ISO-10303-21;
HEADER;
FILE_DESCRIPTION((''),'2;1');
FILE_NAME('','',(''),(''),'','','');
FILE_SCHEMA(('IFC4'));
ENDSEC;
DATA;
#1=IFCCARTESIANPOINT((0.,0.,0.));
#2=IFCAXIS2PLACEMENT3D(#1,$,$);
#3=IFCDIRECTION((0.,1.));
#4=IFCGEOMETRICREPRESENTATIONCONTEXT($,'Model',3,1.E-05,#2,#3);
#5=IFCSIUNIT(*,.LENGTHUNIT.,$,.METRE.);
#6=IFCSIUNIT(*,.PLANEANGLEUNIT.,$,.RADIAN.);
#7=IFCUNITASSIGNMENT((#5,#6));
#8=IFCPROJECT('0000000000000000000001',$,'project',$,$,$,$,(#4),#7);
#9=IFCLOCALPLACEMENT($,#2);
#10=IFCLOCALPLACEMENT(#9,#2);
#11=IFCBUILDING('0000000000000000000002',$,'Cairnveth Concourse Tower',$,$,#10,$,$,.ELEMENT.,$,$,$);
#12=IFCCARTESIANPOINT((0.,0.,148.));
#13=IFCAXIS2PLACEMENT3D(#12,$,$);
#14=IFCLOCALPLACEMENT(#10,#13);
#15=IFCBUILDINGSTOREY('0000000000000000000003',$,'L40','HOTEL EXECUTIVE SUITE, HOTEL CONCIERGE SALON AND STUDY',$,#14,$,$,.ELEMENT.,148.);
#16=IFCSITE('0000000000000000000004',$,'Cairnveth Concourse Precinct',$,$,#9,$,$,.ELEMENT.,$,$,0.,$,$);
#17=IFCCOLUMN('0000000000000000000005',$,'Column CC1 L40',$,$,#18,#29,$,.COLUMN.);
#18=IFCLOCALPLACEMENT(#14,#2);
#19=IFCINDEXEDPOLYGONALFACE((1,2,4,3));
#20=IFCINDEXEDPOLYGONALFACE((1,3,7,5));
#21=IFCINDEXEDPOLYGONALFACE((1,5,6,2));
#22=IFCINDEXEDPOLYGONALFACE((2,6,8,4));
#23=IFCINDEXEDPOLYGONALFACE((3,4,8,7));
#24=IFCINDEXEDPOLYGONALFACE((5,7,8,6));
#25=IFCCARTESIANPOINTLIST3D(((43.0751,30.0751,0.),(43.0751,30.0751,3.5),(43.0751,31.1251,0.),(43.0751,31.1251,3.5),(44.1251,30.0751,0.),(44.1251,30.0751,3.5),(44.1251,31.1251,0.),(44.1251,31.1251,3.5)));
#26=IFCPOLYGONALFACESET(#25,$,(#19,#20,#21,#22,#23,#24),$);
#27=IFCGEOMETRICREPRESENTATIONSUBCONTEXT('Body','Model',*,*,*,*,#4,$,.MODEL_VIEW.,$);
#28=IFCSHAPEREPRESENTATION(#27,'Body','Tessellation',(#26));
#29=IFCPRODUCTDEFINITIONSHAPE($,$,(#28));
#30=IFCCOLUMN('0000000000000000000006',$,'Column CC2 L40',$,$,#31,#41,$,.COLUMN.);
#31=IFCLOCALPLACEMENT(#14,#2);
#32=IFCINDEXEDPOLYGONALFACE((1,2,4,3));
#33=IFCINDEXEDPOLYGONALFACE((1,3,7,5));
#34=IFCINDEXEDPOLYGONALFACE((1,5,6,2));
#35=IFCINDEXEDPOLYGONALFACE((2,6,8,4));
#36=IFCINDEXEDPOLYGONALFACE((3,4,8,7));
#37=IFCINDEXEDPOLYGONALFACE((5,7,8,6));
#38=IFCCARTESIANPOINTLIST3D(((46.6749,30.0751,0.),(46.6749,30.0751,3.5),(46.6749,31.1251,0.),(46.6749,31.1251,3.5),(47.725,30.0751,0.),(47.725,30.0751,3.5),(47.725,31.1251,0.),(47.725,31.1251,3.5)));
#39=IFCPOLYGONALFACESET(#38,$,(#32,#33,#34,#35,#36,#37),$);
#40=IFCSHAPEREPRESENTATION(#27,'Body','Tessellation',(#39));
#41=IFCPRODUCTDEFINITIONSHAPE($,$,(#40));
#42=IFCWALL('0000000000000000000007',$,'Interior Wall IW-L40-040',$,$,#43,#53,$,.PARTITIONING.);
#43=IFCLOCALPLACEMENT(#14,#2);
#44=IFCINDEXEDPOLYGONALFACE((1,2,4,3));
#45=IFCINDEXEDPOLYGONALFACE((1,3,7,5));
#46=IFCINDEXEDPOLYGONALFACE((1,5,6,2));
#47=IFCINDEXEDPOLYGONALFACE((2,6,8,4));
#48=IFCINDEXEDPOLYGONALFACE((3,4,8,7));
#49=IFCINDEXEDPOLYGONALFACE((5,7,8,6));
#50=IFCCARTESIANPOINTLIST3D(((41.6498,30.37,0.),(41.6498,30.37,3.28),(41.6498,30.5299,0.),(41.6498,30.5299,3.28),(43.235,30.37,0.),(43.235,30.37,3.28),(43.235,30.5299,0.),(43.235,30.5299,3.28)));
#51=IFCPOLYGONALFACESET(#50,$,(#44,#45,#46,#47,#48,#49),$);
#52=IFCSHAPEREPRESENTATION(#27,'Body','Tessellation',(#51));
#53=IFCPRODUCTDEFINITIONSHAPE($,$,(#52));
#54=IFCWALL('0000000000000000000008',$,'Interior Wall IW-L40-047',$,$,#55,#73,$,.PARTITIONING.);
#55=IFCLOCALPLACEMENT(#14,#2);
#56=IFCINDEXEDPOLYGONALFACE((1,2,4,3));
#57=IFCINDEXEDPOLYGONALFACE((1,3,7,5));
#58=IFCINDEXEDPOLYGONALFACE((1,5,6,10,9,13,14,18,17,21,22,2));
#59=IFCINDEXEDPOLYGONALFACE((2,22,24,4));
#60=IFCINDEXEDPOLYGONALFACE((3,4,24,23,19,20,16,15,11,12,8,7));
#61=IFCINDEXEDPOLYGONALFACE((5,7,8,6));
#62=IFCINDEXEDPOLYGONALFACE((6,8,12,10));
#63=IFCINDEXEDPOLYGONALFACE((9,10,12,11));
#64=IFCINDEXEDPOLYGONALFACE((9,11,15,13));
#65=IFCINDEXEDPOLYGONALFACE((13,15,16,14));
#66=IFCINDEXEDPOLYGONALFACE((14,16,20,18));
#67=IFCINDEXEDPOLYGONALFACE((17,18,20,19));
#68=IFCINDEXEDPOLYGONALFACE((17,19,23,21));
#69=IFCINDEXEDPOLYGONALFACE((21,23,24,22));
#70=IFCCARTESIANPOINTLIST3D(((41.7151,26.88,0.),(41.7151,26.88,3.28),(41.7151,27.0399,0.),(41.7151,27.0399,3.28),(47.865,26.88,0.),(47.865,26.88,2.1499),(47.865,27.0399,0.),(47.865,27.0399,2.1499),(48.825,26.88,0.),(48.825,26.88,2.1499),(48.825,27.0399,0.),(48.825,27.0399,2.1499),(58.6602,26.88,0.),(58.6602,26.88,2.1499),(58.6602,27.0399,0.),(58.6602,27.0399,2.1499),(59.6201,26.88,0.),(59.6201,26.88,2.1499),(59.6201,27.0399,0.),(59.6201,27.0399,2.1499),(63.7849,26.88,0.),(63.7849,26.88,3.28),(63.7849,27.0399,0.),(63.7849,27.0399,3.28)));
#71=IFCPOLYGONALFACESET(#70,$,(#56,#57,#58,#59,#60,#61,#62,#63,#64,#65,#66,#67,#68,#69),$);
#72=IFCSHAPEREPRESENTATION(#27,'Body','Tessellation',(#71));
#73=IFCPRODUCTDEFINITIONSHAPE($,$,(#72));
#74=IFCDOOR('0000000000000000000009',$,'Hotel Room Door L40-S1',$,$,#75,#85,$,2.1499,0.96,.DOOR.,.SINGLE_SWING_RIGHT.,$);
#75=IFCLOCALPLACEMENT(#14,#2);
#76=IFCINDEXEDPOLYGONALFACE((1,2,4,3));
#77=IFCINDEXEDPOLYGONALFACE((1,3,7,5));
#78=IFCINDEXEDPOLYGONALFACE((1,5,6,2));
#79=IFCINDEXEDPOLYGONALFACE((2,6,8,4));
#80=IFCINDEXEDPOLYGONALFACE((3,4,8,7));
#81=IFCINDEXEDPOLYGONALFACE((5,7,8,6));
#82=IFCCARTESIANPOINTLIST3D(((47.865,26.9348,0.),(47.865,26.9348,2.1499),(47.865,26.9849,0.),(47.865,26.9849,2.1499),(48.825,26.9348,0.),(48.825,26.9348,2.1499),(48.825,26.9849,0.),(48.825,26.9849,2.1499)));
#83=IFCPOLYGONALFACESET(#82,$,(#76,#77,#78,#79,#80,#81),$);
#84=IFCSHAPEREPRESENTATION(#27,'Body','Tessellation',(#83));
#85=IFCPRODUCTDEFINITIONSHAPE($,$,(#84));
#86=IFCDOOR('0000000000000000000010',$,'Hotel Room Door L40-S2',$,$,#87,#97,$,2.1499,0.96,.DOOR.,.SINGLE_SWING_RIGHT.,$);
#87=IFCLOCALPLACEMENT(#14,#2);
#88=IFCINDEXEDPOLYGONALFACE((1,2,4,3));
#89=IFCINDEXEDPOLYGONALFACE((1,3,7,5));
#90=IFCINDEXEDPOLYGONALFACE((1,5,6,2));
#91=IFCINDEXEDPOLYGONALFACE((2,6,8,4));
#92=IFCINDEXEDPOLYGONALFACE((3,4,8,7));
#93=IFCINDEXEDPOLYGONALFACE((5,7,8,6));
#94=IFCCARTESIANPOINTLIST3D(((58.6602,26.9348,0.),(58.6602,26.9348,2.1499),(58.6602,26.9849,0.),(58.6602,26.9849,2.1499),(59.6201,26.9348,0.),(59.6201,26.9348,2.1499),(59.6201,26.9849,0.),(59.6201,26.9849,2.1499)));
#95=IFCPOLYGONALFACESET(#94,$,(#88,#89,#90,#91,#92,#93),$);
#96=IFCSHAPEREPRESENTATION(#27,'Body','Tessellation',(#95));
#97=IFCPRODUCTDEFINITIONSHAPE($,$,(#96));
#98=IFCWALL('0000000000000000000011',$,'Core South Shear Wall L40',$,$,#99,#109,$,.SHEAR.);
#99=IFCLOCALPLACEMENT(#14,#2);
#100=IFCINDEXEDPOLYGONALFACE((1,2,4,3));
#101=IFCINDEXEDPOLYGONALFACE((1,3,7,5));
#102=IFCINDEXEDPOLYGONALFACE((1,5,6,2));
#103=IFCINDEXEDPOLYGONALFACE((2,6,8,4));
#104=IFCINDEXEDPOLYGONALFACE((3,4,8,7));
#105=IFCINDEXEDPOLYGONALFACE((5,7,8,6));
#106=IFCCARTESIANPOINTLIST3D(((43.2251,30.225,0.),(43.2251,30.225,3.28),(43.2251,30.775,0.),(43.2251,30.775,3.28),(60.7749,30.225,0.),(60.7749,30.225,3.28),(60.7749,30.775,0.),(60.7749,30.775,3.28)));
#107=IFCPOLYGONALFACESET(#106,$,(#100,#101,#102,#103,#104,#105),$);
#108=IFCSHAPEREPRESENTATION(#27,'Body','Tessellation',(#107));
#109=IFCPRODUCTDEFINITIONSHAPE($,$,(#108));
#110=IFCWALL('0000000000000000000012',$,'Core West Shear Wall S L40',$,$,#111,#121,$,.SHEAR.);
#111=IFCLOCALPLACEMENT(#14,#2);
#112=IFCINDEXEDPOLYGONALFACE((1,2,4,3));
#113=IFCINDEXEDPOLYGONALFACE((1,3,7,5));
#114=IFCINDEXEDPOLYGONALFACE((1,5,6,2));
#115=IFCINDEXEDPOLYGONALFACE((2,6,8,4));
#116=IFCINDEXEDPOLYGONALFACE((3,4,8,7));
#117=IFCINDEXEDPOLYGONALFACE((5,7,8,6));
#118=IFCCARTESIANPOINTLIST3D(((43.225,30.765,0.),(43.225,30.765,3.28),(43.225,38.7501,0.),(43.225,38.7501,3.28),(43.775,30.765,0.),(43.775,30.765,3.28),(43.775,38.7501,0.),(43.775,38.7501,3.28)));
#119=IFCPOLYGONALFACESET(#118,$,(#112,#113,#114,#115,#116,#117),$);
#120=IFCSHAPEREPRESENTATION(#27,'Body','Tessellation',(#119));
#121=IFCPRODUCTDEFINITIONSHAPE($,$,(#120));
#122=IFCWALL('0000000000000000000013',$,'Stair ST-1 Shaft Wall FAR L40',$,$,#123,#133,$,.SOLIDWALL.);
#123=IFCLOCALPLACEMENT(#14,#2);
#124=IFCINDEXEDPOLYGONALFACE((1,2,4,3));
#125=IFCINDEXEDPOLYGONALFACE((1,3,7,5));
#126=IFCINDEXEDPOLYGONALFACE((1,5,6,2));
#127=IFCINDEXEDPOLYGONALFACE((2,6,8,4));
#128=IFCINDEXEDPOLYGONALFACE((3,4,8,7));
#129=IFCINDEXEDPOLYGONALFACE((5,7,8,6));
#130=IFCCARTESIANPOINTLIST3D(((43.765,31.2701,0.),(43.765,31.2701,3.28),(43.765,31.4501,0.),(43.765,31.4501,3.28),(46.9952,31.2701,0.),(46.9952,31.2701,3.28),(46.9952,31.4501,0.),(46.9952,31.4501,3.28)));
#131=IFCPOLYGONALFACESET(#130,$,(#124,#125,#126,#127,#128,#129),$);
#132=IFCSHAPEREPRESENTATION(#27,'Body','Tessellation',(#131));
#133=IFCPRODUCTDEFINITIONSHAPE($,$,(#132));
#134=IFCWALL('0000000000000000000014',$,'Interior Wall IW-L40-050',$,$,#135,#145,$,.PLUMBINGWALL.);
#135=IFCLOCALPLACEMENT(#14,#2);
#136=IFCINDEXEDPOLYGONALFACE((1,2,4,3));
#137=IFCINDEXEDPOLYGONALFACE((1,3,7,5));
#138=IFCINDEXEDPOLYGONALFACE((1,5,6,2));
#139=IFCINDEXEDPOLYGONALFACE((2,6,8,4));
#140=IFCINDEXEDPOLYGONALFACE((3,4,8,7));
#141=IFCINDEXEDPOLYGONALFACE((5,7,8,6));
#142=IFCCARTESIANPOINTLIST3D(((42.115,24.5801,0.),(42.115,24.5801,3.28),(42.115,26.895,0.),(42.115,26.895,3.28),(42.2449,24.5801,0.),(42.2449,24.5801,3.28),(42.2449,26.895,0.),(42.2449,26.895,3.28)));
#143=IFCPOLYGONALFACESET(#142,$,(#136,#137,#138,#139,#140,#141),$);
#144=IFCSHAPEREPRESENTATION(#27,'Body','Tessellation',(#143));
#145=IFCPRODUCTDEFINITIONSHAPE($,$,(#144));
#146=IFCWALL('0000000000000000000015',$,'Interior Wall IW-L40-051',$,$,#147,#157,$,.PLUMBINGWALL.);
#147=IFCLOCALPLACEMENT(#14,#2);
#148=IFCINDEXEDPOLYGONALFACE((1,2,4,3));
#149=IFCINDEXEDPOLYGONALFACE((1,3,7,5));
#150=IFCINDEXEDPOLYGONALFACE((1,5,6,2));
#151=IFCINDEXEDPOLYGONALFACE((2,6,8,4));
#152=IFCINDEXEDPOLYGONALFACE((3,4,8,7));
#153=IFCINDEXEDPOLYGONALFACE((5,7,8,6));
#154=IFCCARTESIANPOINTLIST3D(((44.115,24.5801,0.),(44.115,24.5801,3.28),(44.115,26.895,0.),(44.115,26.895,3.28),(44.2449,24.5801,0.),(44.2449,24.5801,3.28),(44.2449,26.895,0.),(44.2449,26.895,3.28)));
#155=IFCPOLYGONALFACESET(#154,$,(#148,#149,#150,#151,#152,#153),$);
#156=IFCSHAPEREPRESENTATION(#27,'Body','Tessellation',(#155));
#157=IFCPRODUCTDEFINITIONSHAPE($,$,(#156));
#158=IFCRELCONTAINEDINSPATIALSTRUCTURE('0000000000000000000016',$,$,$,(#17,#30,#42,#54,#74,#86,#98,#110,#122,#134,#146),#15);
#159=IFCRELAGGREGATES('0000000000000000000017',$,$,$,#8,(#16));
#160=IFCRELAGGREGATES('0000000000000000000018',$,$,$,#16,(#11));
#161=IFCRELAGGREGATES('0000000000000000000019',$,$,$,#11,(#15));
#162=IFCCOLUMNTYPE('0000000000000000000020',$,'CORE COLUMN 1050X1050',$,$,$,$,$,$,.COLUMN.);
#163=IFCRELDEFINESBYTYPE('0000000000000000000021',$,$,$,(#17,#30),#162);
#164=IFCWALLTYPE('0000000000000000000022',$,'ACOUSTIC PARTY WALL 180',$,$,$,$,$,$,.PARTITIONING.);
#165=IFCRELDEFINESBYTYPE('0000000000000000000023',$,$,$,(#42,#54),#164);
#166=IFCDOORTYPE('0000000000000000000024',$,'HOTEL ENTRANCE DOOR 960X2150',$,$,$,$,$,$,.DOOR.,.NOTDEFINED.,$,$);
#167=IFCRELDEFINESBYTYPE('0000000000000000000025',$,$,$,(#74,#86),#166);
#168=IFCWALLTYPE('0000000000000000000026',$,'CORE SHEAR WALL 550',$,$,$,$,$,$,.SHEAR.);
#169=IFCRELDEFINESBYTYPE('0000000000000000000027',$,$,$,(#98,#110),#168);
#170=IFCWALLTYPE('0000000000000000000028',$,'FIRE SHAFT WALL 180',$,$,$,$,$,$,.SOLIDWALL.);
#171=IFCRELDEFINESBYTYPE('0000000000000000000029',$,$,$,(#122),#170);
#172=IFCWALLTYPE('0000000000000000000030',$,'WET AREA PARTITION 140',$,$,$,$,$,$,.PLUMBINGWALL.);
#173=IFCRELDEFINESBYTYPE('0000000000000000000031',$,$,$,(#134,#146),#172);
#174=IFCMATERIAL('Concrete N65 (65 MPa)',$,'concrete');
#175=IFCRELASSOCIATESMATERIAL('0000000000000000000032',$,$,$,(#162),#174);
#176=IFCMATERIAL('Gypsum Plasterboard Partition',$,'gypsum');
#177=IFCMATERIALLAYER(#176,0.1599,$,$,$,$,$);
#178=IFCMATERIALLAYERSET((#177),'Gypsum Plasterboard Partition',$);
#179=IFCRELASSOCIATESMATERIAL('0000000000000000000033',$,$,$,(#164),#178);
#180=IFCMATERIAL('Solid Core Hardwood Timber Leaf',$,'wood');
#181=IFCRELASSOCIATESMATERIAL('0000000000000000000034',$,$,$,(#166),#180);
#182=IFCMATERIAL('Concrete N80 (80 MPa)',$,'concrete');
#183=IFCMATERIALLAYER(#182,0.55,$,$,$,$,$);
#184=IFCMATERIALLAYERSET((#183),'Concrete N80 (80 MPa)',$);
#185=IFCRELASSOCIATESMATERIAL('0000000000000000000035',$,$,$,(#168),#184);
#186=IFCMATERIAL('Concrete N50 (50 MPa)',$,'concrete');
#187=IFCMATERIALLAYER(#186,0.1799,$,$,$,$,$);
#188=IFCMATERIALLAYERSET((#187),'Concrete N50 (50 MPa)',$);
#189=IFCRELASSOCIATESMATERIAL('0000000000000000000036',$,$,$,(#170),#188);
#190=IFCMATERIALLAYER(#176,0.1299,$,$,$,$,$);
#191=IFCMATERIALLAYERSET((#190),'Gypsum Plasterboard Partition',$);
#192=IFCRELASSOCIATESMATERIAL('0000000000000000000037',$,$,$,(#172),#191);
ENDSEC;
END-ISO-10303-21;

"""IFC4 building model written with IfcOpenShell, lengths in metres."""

from ifc_helpers import new_model, si_unit, direction, frame, frame_2d, origin, origin_2d, place, context, subcontext, project, spatial, rectangle, extrude, material, layer, layer_set, material_profile, profile_set, type_object, element, fill, save


model = new_model("IFC4")

# Units and contexts
model_context = context("Model", 3, precision=1e-05, world=origin(), true_north=direction((0.0, 1.0)))
body_context = subcontext(model_context, "Body", "Model", "MODEL_VIEW")
ifc_project = project(units=[si_unit("LENGTHUNIT", "METRE"), si_unit("PLANEANGLEUNIT", "RADIAN")], contexts=[model_context])

# Site, building, storey
site_placement = place(None, origin())
site = spatial("IfcSite", under=ifc_project, at=site_placement, Name="Cairnveth Concourse Precinct", CompositionType="ELEMENT", RefElevation=0.0)
building_placement = place(site_placement, origin())
building = spatial("IfcBuilding", under=site, at=building_placement, Name="Cairnveth Concourse Tower", CompositionType="ELEMENT")
storey_placement = place(building_placement, frame((0.0, 0.0, 148.0)))
storey = spatial("IfcBuildingStorey", under=building, at=storey_placement, Name="L40", Description="HOTEL EXECUTIVE SUITE, HOTEL CONCIERGE SALON AND STUDY", CompositionType="ELEMENT", Elevation=148.0)

# Columns
ifc_material_1 = material(Name="Concrete N65 (65 MPa)", Category="concrete")
ifc_material_profile = material_profile(ifc_material_1, rectangle(XDim=1.05, YDim=1.05, at=origin_2d()), Name="RC-COL-1050x1050")
ifc_profile_set = profile_set([ifc_material_profile], Name="Concrete N65 (65 MPa)")
column_type = type_object("IfcColumnType", Name="CORE COLUMN 1050X1050", PredefinedType="COLUMN", material=ifc_profile_set)
for number, where, z_axis, x_axis, name in (
    (1, (43.6001, 30.6001, 0.0), (0.0, 0.0, 1.0), (1.0, 0.0, 0.0), "Column CC1 L40"),
    (2, (47.2, 30.6001, 0.0), (0.0, 0.0, 1.0), (1.0, 0.0, 0.0), "Column CC2 L40"),
):
    element("IfcColumn", number, at=place(storey_placement, frame(where, z_axis=z_axis, x_axis=x_axis)), inside=storey, type_object=column_type, Name=name, PredefinedType="COLUMN", context=body_context, shape_type="SweptSolid", body=[
        extrude(rectangle(XDim=1.05, YDim=1.05, at=origin_2d()), origin(), (0.0, 0.0, 1.0), 3.5),
    ])

# Wall
ifc_material_2 = material(Name="Gypsum Plasterboard Partition", Category="gypsum")
ifc_layer_1 = layer(ifc_material_2, 0.1599)
ifc_layer_set_1 = layer_set([ifc_layer_1], Name="Gypsum Plasterboard Partition")
wall_type_1 = type_object("IfcWallType", Name="ACOUSTIC PARTY WALL 180", PredefinedType="PARTITIONING", material=ifc_layer_set_1)
wall_1_placement = place(storey_placement, frame((41.6499, 30.45, 0.0), z_axis=(0.0, 0.0, 1.0), x_axis=(1.0, 0.0, 0.0)))
element("IfcWall", 3, at=wall_1_placement, inside=storey, type_object=wall_type_1, Name="Interior Wall IW-L40-040", PredefinedType="PARTITIONING", context=body_context, shape_type="SweptSolid", body=[
    extrude(rectangle(XDim=1.5852, YDim=0.1599, at=frame_2d((0.7925, 0.0))), origin(), (0.0, 0.0, 1.0), 3.28),
])

# Wall, openings, doors
wall_2_placement = place(storey_placement, frame((41.7151, 26.96, 0.0), z_axis=(0.0, 0.0, 1.0), x_axis=(1.0, 0.0, 0.0)))
wall_2 = element("IfcWall", 4, at=wall_2_placement, inside=storey, type_object=wall_type_1, Name="Interior Wall IW-L40-047", PredefinedType="PARTITIONING", context=body_context, shape_type="SweptSolid", body=[
    extrude(rectangle(XDim=22.0698, YDim=0.1599, at=frame_2d((11.0349, 0.0))), origin(), (0.0, 0.0, 1.0), 3.28),
])
opening_1_placement = place(wall_2_placement, frame((6.1499, 0.0, 0.0)))
opening_1 = element("IfcOpeningElement", 5, at=opening_1_placement, cuts=wall_2, PredefinedType="OPENING", context=body_context, shape_type="SweptSolid", body=[
    extrude(rectangle(XDim=0.96, YDim=2.1499, at=frame_2d((0.48, 1.075))), frame((0.0, 0.0898, 0.0), z_axis=(0.0, -1.0, 0.0), x_axis=(1.0, 0.0, 0.0)), (0.0, 0.0, 1.0), 0.1799),
])
opening_2_placement = place(wall_2_placement, frame((16.9451, 0.0, 0.0)))
opening_2 = element("IfcOpeningElement", 6, at=opening_2_placement, cuts=wall_2, PredefinedType="OPENING", context=body_context, shape_type="SweptSolid", body=[
    extrude(rectangle(XDim=0.96, YDim=2.1499, at=frame_2d((0.48, 1.075))), frame((0.0, 0.0898, 0.0), z_axis=(0.0, -1.0, 0.0), x_axis=(1.0, 0.0, 0.0)), (0.0, 0.0, 1.0), 0.1799),
])
ifc_material_3 = material(Name="Solid Core Hardwood Timber Leaf", Category="wood")
door_type_1 = type_object("IfcDoorType", Name="HOTEL ENTRANCE DOOR 960X2150", OperationType="NOTDEFINED", PredefinedType="DOOR", material=ifc_material_3)
door_1_placement = place(opening_1_placement, origin())
door_1 = element("IfcDoor", 7, at=door_1_placement, inside=storey, type_object=door_type_1, Name="Hotel Room Door L40-S1", OperationType="SINGLE_SWING_RIGHT", OverallHeight=2.1499, OverallWidth=0.96, PredefinedType="DOOR", context=body_context, shape_type="SweptSolid", body=[
    extrude(rectangle(XDim=0.96, YDim=2.1499, at=frame_2d((0.48, 1.075))), frame((0.0, 0.0249, 0.0), z_axis=(0.0, -1.0, 0.0), x_axis=(1.0, 0.0, 0.0)), (0.0, 0.0, 1.0), 0.05),
])
fill(opening_1, door_1)
door_2_placement = place(opening_2_placement, origin())
door_2 = element("IfcDoor", 8, at=door_2_placement, inside=storey, type_object=door_type_1, Name="Hotel Room Door L40-S2", OperationType="SINGLE_SWING_RIGHT", OverallHeight=2.1499, OverallWidth=0.96, PredefinedType="DOOR", context=body_context, shape_type="SweptSolid", body=[
    extrude(rectangle(XDim=0.96, YDim=2.1499, at=frame_2d((0.48, 1.075))), frame((0.0, 0.0249, 0.0), z_axis=(0.0, -1.0, 0.0), x_axis=(1.0, 0.0, 0.0)), (0.0, 0.0, 1.0), 0.05),
])
fill(opening_2, door_2)

# Walls
ifc_material_4 = material(Name="Concrete N80 (80 MPa)", Category="concrete")
ifc_layer_2 = layer(ifc_material_4, 0.55)
ifc_layer_set_2 = layer_set([ifc_layer_2], Name="Concrete N80 (80 MPa)")
wall_type_2 = type_object("IfcWallType", Name="CORE SHEAR WALL 550", PredefinedType="SHEAR", material=ifc_layer_set_2)
wall_3_placement = place(storey_placement, frame((43.2251, 30.5, 0.0), z_axis=(0.0, 0.0, 1.0), x_axis=(1.0, 0.0, 0.0)))
element("IfcWall", 9, at=wall_3_placement, inside=storey, type_object=wall_type_2, Name="Core South Shear Wall L40", PredefinedType="SHEAR", context=body_context, shape_type="SweptSolid", body=[
    extrude(rectangle(XDim=17.5498, YDim=0.55, at=frame_2d((8.7749, 0.0))), origin(), (0.0, 0.0, 1.0), 3.28),
])
wall_4_placement = place(storey_placement, frame((43.5, 30.7649, 0.0), z_axis=(0.0, 0.0, 1.0), x_axis=(0.0, 1.0, 0.0)))
element("IfcWall", 10, at=wall_4_placement, inside=storey, type_object=wall_type_2, Name="Core West Shear Wall S L40", PredefinedType="SHEAR", context=body_context, shape_type="SweptSolid", body=[
    extrude(rectangle(XDim=7.9851, YDim=0.55, at=frame_2d((3.9927, 0.0))), origin(), (0.0, 0.0, 1.0), 3.28),
])
ifc_material_5 = material(Name="Concrete N50 (50 MPa)", Category="concrete")
ifc_layer_3 = layer(ifc_material_5, 0.1799)
ifc_layer_set_3 = layer_set([ifc_layer_3], Name="Concrete N50 (50 MPa)")
wall_type_3 = type_object("IfcWallType", Name="FIRE SHAFT WALL 180", PredefinedType="SOLIDWALL", material=ifc_layer_set_3)
wall_5_placement = place(storey_placement, frame((43.7649, 31.3601, 0.0), z_axis=(0.0, 0.0, 1.0), x_axis=(1.0, 0.0, 0.0)))
element("IfcWall", 11, at=wall_5_placement, inside=storey, type_object=wall_type_3, Name="Stair ST-1 Shaft Wall FAR L40", PredefinedType="SOLIDWALL", context=body_context, shape_type="SweptSolid", body=[
    extrude(rectangle(XDim=3.2302, YDim=0.1799, at=frame_2d((1.6152, 0.0))), origin(), (0.0, 0.0, 1.0), 3.28),
])
ifc_layer_4 = layer(ifc_material_2, 0.1299)
ifc_layer_set_4 = layer_set([ifc_layer_4], Name="Gypsum Plasterboard Partition")
wall_type_4 = type_object("IfcWallType", Name="WET AREA PARTITION 140", PredefinedType="PLUMBINGWALL", material=ifc_layer_set_4)
for number, where, z_axis, x_axis, name in (
    (12, (42.1799, 24.5801, 0.0), (0.0, 0.0, 1.0), (0.0, 1.0, 0.0), "Interior Wall IW-L40-050"),
    (13, (44.1799, 24.5801, 0.0), (0.0, 0.0, 1.0), (0.0, 1.0, 0.0), "Interior Wall IW-L40-051"),
):
    element("IfcWall", number, at=place(storey_placement, frame(where, z_axis=z_axis, x_axis=x_axis)), inside=storey, type_object=wall_type_4, Name=name, PredefinedType="PLUMBINGWALL", context=body_context, shape_type="SweptSolid", body=[
        extrude(rectangle(XDim=2.3149, YDim=0.1299, at=frame_2d((1.1575, 0.0))), origin(), (0.0, 0.0, 1.0), 3.28),
    ])

save(model, "model.ifc")
